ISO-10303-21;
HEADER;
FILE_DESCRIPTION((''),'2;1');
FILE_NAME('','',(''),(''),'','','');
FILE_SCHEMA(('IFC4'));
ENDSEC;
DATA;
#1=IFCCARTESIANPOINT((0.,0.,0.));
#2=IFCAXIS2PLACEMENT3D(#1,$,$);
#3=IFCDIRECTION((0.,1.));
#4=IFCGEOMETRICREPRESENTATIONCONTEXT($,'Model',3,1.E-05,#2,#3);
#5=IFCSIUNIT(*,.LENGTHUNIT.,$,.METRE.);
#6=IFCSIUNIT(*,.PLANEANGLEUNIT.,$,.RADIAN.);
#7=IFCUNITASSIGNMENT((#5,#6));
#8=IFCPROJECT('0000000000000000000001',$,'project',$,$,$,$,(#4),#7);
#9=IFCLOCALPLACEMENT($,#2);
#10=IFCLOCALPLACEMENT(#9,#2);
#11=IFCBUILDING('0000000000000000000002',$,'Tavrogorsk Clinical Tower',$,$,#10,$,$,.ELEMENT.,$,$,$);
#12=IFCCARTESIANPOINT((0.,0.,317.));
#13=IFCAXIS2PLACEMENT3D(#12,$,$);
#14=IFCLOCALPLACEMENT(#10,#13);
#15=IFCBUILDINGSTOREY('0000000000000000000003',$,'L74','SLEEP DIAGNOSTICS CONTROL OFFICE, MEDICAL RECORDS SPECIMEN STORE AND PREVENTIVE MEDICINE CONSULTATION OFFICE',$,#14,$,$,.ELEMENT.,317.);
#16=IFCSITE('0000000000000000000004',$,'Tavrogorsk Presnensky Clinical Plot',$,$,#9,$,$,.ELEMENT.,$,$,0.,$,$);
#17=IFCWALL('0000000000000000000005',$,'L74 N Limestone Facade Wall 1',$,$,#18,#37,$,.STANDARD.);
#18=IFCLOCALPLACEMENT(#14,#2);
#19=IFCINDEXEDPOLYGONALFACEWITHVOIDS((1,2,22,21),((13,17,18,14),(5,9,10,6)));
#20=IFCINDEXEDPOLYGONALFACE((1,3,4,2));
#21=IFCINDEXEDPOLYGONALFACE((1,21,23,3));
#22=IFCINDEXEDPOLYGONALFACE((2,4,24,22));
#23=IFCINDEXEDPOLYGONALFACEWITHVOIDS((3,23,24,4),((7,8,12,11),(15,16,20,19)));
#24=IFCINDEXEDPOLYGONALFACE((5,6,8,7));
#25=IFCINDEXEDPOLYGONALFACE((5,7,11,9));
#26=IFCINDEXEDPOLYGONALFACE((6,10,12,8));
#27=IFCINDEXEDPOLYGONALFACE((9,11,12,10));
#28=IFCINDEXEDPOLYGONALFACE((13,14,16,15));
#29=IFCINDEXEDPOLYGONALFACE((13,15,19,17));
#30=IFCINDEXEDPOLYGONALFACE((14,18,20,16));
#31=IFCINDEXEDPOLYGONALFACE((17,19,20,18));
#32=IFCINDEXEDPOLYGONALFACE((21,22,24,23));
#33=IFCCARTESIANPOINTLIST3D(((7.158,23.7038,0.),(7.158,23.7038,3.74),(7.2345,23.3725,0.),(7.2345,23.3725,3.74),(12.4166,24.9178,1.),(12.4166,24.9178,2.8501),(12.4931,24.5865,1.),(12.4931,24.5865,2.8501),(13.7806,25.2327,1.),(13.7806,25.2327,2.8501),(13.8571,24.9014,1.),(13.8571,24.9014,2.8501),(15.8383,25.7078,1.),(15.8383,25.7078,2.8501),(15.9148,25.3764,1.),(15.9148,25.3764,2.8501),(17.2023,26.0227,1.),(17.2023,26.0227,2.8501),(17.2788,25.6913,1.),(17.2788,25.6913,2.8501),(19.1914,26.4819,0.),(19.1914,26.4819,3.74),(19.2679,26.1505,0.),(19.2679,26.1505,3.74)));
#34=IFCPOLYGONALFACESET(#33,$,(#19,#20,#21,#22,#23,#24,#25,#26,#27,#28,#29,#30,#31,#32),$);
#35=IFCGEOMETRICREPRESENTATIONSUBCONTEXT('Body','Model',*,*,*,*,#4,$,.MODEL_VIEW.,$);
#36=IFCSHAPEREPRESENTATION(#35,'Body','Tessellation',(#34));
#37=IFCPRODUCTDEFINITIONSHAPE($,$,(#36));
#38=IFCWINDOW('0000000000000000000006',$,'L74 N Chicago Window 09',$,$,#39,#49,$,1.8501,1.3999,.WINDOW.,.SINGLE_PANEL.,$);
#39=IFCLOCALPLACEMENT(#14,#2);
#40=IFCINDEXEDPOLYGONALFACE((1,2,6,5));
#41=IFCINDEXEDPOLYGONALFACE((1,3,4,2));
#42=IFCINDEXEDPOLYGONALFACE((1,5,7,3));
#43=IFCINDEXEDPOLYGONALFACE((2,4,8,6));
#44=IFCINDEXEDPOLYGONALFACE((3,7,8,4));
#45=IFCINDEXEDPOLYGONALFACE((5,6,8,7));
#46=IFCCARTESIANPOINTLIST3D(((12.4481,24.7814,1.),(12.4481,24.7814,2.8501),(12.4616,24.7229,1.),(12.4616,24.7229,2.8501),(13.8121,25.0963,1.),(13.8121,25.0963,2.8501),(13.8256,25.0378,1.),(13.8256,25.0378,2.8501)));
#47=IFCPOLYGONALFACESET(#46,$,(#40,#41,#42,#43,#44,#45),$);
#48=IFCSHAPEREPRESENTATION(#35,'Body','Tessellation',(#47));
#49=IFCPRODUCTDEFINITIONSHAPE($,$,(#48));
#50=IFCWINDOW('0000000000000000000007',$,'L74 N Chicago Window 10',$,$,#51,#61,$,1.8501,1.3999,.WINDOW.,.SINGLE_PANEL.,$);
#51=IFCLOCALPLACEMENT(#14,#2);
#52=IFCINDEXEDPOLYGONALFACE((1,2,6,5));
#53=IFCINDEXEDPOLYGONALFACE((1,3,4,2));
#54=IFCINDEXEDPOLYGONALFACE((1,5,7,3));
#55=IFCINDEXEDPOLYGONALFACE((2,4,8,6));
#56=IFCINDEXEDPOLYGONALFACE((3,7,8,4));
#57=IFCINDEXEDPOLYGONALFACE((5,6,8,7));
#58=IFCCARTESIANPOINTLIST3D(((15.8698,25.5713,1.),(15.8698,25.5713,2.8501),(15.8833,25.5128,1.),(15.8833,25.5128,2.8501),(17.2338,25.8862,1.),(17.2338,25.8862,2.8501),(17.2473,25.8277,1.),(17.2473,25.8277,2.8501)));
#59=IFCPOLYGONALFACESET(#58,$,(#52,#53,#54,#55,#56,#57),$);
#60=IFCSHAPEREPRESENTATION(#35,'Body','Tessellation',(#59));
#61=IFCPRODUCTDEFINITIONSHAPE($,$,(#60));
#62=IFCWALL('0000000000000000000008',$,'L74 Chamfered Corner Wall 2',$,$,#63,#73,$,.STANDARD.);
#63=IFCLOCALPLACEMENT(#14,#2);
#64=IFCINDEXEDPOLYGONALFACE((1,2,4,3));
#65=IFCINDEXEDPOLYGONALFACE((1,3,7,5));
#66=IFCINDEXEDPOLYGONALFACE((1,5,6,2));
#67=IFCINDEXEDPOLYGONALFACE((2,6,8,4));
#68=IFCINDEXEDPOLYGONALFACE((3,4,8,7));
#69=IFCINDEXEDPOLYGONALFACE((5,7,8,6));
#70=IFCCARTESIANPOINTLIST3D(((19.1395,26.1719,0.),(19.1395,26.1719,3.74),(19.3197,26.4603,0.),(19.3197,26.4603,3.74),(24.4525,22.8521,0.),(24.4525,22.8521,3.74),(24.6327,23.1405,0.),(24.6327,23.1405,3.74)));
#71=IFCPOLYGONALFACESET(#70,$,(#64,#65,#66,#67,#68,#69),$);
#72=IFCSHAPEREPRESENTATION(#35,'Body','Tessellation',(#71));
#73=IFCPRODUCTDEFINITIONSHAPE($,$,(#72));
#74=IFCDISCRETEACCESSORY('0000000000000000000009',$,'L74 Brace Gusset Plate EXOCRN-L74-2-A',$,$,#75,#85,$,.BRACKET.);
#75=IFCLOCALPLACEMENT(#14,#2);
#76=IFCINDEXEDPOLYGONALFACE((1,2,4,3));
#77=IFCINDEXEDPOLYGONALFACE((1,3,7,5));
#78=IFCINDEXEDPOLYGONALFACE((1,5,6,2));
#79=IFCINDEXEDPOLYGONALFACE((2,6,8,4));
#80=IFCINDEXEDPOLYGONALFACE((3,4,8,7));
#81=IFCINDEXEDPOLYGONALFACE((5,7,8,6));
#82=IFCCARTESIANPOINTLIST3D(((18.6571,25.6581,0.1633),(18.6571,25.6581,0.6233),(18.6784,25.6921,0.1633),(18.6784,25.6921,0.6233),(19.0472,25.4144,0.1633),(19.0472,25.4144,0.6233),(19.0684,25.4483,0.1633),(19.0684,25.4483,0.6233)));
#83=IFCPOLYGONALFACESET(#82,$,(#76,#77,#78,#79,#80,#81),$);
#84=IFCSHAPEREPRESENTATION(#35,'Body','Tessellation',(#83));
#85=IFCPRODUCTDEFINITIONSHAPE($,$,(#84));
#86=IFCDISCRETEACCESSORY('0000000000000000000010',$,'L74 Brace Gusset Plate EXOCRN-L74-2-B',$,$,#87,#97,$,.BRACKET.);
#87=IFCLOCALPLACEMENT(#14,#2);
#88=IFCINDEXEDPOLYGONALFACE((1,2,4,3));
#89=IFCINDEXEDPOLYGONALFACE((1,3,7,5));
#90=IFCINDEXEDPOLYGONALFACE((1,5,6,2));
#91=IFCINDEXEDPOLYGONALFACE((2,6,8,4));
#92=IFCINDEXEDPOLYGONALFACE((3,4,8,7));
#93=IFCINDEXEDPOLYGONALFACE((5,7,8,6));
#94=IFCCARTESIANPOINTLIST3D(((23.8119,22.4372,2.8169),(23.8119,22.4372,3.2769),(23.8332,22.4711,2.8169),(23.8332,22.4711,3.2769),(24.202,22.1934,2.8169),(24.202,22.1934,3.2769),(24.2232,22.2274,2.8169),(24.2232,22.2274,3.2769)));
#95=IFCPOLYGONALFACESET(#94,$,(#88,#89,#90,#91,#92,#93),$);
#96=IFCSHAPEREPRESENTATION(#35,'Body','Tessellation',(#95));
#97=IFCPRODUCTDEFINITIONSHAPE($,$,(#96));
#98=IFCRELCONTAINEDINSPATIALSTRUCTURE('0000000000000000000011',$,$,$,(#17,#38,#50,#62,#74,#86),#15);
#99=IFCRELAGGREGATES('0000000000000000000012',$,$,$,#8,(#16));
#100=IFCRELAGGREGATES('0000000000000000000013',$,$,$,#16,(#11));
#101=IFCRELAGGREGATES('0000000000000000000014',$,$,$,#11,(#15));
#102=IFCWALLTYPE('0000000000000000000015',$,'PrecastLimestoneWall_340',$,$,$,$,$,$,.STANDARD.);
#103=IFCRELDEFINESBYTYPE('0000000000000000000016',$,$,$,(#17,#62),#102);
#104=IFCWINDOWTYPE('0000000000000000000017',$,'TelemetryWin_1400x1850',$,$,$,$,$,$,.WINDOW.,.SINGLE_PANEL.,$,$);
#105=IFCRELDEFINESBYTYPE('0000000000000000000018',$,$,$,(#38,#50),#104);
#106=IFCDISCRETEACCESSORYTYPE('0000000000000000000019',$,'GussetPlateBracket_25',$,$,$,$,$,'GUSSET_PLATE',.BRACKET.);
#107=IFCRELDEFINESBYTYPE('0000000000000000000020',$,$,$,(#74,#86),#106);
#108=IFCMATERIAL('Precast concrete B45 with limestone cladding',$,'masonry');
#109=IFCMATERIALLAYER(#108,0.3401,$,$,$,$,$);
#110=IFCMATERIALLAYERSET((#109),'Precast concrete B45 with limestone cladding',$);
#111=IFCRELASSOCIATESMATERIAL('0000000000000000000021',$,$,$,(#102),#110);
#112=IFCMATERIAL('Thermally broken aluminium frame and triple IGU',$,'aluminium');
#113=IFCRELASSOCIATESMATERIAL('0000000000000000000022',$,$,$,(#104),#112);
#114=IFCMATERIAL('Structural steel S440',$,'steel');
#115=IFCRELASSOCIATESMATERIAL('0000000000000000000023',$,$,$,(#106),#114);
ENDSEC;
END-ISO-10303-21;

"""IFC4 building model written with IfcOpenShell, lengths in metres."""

from ifc_helpers import new_model, si_unit, direction, frame, frame_2d, origin, origin_2d, place, context, subcontext, project, spatial, rectangle, extrude, material, layer, layer_set, type_object, element, fill, save


model = new_model("IFC4")

# Units and contexts
model_context = context("Model", 3, precision=1e-05, world=origin(), true_north=direction((0.0, 1.0)))
body_context = subcontext(model_context, "Body", "Model", "MODEL_VIEW")
ifc_project = project(units=[si_unit("LENGTHUNIT", "METRE"), si_unit("PLANEANGLEUNIT", "RADIAN")], contexts=[model_context])

# Site, building, storey
site_placement = place(None, origin())
site = spatial("IfcSite", under=ifc_project, at=site_placement, Name="Tavrogorsk Presnensky Clinical Plot", CompositionType="ELEMENT", RefElevation=0.0)
building_placement = place(site_placement, origin())
building = spatial("IfcBuilding", under=site, at=building_placement, Name="Tavrogorsk Clinical Tower", CompositionType="ELEMENT")
storey_placement = place(building_placement, frame((0.0, 0.0, 317.0)))
storey = spatial("IfcBuildingStorey", under=building, at=storey_placement, Name="L74", Description="SLEEP DIAGNOSTICS CONTROL OFFICE, MEDICAL RECORDS SPECIMEN STORE AND PREVENTIVE MEDICINE CONSULTATION OFFICE", CompositionType="ELEMENT", Elevation=317.0)

# Wall, openings, windows
ifc_material_1 = material(Name="Precast concrete B45 with limestone cladding", Category="masonry")
ifc_layer_1 = layer(ifc_material_1, 0.3401)
ifc_layer_set_1 = layer_set([ifc_layer_1], Name="Precast concrete B45 with limestone cladding")
wall_type_1 = type_object("IfcWallType", Name="PrecastLimestoneWall_340", PredefinedType="STANDARD", material=ifc_layer_set_1)
wall_1_placement = place(storey_placement, frame((19.2295, 26.3162, 0.0), z_axis=(0.0, 0.0, 1.0), x_axis=(-0.974371, -0.224946, 0.0)))
wall_1 = element("IfcWall", 1, at=wall_1_placement, inside=storey, type_object=wall_type_1, Name="L74 N Limestone Facade Wall 1", PredefinedType="STANDARD", context=body_context, shape_type="SweptSolid", body=[
    extrude(rectangle(XDim=12.3499, YDim=0.3401, at=frame_2d((6.1748, 0.0))), origin(), (0.0, 0.0, 1.0), 3.74),
])
opening_1_placement = place(wall_1_placement, frame((5.553, 0.0, 1.0)))
opening_1 = element("IfcOpeningElement", 2, at=opening_1_placement, cuts=wall_1, PredefinedType="OPENING", context=body_context, shape_type="SweptSolid", body=[
    extrude(rectangle(XDim=1.3999, YDim=1.8501, at=frame_2d((0.7, 0.925))), frame((0.0, 0.1799, 0.0), z_axis=(0.0, -1.0, 0.0), x_axis=(1.0, 0.0, 0.0)), (0.0, 0.0, 1.0), 0.3601),
])
opening_2_placement = place(wall_1_placement, frame((2.0413, 0.0, 1.0)))
opening_2 = element("IfcOpeningElement", 3, at=opening_2_placement, cuts=wall_1, PredefinedType="OPENING", context=body_context, shape_type="SweptSolid", body=[
    extrude(rectangle(XDim=1.3999, YDim=1.8501, at=frame_2d((0.7, 0.925))), frame((0.0, 0.1799, 0.0), z_axis=(0.0, -1.0, 0.0), x_axis=(1.0, 0.0, 0.0)), (0.0, 0.0, 1.0), 0.3601),
])
ifc_material_2 = material(Name="Thermally broken aluminium frame and triple IGU", Category="aluminium")
window_type = type_object("IfcWindowType", Name="TelemetryWin_1400x1850", PartitioningType="SINGLE_PANEL", PredefinedType="WINDOW", material=ifc_material_2)
window_1_placement = place(opening_1_placement, origin())
window_1 = element("IfcWindow", 4, at=window_1_placement, inside=storey, type_object=window_type, Name="L74 N Chicago Window 09", OverallHeight=1.8501, OverallWidth=1.3999, PartitioningType="SINGLE_PANEL", PredefinedType="WINDOW", context=body_context, shape_type="SweptSolid", body=[
    extrude(rectangle(XDim=1.3999, YDim=1.8501, at=frame_2d((0.7, 0.925))), frame((0.0, 0.03, 0.0), z_axis=(0.0, -1.0, 0.0), x_axis=(1.0, 0.0, 0.0)), (0.0, 0.0, 1.0), 0.0601),
])
fill(opening_1, window_1)
window_2_placement = place(opening_2_placement, origin())
window_2 = element("IfcWindow", 5, at=window_2_placement, inside=storey, type_object=window_type, Name="L74 N Chicago Window 10", OverallHeight=1.8501, OverallWidth=1.3999, PartitioningType="SINGLE_PANEL", PredefinedType="WINDOW", context=body_context, shape_type="SweptSolid", body=[
    extrude(rectangle(XDim=1.3999, YDim=1.8501, at=frame_2d((0.7, 0.925))), frame((0.0, 0.03, 0.0), z_axis=(0.0, -1.0, 0.0), x_axis=(1.0, 0.0, 0.0)), (0.0, 0.0, 1.0), 0.0601),
])
fill(opening_2, window_2)

# Wall
wall_2_placement = place(storey_placement, frame((24.5425, 22.9963, 0.0), z_axis=(0.0, 0.0, 1.0), x_axis=(-0.848055, 0.529908, 0.0)))
element("IfcWall", 6, at=wall_2_placement, inside=storey, type_object=wall_type_1, Name="L74 Chamfered Corner Wall 2", PredefinedType="STANDARD", context=body_context, shape_type="SweptSolid", body=[
    extrude(rectangle(XDim=6.2649, YDim=0.3401, at=frame_2d((3.1323, 0.0))), origin(), (0.0, 0.0, 1.0), 3.74),
])

# Discrete accessories
ifc_material_3 = material(Name="Structural steel S440", Category="steel")
discrete_accessory_type = type_object("IfcDiscreteAccessoryType", Name="GussetPlateBracket_25", ElementType="GUSSET_PLATE", PredefinedType="BRACKET", material=ifc_material_3)
for number, where, z_axis, x_axis, name in (
    (7, (18.8628, 25.5532, 0.1633), (0.0, 0.0, 1.0), (0.848048, -0.529919, 0.0), "L74 Brace Gusset Plate EXOCRN-L74-2-A"),
    (8, (24.0176, 22.3323, 2.8169), (0.0, 0.0, 1.0), (0.848048, -0.529919, 0.0), "L74 Brace Gusset Plate EXOCRN-L74-2-B"),
):
    element("IfcDiscreteAccessory", number, at=place(storey_placement, frame(where, z_axis=z_axis, x_axis=x_axis)), inside=storey, type_object=discrete_accessory_type, Name=name, PredefinedType="BRACKET", context=body_context, shape_type="SweptSolid", body=[
        extrude(rectangle(XDim=0.46, YDim=0.04, at=origin_2d()), origin(), (0.0, 0.0, 1.0), 0.46),
    ])

save(model, "model.ifc")
